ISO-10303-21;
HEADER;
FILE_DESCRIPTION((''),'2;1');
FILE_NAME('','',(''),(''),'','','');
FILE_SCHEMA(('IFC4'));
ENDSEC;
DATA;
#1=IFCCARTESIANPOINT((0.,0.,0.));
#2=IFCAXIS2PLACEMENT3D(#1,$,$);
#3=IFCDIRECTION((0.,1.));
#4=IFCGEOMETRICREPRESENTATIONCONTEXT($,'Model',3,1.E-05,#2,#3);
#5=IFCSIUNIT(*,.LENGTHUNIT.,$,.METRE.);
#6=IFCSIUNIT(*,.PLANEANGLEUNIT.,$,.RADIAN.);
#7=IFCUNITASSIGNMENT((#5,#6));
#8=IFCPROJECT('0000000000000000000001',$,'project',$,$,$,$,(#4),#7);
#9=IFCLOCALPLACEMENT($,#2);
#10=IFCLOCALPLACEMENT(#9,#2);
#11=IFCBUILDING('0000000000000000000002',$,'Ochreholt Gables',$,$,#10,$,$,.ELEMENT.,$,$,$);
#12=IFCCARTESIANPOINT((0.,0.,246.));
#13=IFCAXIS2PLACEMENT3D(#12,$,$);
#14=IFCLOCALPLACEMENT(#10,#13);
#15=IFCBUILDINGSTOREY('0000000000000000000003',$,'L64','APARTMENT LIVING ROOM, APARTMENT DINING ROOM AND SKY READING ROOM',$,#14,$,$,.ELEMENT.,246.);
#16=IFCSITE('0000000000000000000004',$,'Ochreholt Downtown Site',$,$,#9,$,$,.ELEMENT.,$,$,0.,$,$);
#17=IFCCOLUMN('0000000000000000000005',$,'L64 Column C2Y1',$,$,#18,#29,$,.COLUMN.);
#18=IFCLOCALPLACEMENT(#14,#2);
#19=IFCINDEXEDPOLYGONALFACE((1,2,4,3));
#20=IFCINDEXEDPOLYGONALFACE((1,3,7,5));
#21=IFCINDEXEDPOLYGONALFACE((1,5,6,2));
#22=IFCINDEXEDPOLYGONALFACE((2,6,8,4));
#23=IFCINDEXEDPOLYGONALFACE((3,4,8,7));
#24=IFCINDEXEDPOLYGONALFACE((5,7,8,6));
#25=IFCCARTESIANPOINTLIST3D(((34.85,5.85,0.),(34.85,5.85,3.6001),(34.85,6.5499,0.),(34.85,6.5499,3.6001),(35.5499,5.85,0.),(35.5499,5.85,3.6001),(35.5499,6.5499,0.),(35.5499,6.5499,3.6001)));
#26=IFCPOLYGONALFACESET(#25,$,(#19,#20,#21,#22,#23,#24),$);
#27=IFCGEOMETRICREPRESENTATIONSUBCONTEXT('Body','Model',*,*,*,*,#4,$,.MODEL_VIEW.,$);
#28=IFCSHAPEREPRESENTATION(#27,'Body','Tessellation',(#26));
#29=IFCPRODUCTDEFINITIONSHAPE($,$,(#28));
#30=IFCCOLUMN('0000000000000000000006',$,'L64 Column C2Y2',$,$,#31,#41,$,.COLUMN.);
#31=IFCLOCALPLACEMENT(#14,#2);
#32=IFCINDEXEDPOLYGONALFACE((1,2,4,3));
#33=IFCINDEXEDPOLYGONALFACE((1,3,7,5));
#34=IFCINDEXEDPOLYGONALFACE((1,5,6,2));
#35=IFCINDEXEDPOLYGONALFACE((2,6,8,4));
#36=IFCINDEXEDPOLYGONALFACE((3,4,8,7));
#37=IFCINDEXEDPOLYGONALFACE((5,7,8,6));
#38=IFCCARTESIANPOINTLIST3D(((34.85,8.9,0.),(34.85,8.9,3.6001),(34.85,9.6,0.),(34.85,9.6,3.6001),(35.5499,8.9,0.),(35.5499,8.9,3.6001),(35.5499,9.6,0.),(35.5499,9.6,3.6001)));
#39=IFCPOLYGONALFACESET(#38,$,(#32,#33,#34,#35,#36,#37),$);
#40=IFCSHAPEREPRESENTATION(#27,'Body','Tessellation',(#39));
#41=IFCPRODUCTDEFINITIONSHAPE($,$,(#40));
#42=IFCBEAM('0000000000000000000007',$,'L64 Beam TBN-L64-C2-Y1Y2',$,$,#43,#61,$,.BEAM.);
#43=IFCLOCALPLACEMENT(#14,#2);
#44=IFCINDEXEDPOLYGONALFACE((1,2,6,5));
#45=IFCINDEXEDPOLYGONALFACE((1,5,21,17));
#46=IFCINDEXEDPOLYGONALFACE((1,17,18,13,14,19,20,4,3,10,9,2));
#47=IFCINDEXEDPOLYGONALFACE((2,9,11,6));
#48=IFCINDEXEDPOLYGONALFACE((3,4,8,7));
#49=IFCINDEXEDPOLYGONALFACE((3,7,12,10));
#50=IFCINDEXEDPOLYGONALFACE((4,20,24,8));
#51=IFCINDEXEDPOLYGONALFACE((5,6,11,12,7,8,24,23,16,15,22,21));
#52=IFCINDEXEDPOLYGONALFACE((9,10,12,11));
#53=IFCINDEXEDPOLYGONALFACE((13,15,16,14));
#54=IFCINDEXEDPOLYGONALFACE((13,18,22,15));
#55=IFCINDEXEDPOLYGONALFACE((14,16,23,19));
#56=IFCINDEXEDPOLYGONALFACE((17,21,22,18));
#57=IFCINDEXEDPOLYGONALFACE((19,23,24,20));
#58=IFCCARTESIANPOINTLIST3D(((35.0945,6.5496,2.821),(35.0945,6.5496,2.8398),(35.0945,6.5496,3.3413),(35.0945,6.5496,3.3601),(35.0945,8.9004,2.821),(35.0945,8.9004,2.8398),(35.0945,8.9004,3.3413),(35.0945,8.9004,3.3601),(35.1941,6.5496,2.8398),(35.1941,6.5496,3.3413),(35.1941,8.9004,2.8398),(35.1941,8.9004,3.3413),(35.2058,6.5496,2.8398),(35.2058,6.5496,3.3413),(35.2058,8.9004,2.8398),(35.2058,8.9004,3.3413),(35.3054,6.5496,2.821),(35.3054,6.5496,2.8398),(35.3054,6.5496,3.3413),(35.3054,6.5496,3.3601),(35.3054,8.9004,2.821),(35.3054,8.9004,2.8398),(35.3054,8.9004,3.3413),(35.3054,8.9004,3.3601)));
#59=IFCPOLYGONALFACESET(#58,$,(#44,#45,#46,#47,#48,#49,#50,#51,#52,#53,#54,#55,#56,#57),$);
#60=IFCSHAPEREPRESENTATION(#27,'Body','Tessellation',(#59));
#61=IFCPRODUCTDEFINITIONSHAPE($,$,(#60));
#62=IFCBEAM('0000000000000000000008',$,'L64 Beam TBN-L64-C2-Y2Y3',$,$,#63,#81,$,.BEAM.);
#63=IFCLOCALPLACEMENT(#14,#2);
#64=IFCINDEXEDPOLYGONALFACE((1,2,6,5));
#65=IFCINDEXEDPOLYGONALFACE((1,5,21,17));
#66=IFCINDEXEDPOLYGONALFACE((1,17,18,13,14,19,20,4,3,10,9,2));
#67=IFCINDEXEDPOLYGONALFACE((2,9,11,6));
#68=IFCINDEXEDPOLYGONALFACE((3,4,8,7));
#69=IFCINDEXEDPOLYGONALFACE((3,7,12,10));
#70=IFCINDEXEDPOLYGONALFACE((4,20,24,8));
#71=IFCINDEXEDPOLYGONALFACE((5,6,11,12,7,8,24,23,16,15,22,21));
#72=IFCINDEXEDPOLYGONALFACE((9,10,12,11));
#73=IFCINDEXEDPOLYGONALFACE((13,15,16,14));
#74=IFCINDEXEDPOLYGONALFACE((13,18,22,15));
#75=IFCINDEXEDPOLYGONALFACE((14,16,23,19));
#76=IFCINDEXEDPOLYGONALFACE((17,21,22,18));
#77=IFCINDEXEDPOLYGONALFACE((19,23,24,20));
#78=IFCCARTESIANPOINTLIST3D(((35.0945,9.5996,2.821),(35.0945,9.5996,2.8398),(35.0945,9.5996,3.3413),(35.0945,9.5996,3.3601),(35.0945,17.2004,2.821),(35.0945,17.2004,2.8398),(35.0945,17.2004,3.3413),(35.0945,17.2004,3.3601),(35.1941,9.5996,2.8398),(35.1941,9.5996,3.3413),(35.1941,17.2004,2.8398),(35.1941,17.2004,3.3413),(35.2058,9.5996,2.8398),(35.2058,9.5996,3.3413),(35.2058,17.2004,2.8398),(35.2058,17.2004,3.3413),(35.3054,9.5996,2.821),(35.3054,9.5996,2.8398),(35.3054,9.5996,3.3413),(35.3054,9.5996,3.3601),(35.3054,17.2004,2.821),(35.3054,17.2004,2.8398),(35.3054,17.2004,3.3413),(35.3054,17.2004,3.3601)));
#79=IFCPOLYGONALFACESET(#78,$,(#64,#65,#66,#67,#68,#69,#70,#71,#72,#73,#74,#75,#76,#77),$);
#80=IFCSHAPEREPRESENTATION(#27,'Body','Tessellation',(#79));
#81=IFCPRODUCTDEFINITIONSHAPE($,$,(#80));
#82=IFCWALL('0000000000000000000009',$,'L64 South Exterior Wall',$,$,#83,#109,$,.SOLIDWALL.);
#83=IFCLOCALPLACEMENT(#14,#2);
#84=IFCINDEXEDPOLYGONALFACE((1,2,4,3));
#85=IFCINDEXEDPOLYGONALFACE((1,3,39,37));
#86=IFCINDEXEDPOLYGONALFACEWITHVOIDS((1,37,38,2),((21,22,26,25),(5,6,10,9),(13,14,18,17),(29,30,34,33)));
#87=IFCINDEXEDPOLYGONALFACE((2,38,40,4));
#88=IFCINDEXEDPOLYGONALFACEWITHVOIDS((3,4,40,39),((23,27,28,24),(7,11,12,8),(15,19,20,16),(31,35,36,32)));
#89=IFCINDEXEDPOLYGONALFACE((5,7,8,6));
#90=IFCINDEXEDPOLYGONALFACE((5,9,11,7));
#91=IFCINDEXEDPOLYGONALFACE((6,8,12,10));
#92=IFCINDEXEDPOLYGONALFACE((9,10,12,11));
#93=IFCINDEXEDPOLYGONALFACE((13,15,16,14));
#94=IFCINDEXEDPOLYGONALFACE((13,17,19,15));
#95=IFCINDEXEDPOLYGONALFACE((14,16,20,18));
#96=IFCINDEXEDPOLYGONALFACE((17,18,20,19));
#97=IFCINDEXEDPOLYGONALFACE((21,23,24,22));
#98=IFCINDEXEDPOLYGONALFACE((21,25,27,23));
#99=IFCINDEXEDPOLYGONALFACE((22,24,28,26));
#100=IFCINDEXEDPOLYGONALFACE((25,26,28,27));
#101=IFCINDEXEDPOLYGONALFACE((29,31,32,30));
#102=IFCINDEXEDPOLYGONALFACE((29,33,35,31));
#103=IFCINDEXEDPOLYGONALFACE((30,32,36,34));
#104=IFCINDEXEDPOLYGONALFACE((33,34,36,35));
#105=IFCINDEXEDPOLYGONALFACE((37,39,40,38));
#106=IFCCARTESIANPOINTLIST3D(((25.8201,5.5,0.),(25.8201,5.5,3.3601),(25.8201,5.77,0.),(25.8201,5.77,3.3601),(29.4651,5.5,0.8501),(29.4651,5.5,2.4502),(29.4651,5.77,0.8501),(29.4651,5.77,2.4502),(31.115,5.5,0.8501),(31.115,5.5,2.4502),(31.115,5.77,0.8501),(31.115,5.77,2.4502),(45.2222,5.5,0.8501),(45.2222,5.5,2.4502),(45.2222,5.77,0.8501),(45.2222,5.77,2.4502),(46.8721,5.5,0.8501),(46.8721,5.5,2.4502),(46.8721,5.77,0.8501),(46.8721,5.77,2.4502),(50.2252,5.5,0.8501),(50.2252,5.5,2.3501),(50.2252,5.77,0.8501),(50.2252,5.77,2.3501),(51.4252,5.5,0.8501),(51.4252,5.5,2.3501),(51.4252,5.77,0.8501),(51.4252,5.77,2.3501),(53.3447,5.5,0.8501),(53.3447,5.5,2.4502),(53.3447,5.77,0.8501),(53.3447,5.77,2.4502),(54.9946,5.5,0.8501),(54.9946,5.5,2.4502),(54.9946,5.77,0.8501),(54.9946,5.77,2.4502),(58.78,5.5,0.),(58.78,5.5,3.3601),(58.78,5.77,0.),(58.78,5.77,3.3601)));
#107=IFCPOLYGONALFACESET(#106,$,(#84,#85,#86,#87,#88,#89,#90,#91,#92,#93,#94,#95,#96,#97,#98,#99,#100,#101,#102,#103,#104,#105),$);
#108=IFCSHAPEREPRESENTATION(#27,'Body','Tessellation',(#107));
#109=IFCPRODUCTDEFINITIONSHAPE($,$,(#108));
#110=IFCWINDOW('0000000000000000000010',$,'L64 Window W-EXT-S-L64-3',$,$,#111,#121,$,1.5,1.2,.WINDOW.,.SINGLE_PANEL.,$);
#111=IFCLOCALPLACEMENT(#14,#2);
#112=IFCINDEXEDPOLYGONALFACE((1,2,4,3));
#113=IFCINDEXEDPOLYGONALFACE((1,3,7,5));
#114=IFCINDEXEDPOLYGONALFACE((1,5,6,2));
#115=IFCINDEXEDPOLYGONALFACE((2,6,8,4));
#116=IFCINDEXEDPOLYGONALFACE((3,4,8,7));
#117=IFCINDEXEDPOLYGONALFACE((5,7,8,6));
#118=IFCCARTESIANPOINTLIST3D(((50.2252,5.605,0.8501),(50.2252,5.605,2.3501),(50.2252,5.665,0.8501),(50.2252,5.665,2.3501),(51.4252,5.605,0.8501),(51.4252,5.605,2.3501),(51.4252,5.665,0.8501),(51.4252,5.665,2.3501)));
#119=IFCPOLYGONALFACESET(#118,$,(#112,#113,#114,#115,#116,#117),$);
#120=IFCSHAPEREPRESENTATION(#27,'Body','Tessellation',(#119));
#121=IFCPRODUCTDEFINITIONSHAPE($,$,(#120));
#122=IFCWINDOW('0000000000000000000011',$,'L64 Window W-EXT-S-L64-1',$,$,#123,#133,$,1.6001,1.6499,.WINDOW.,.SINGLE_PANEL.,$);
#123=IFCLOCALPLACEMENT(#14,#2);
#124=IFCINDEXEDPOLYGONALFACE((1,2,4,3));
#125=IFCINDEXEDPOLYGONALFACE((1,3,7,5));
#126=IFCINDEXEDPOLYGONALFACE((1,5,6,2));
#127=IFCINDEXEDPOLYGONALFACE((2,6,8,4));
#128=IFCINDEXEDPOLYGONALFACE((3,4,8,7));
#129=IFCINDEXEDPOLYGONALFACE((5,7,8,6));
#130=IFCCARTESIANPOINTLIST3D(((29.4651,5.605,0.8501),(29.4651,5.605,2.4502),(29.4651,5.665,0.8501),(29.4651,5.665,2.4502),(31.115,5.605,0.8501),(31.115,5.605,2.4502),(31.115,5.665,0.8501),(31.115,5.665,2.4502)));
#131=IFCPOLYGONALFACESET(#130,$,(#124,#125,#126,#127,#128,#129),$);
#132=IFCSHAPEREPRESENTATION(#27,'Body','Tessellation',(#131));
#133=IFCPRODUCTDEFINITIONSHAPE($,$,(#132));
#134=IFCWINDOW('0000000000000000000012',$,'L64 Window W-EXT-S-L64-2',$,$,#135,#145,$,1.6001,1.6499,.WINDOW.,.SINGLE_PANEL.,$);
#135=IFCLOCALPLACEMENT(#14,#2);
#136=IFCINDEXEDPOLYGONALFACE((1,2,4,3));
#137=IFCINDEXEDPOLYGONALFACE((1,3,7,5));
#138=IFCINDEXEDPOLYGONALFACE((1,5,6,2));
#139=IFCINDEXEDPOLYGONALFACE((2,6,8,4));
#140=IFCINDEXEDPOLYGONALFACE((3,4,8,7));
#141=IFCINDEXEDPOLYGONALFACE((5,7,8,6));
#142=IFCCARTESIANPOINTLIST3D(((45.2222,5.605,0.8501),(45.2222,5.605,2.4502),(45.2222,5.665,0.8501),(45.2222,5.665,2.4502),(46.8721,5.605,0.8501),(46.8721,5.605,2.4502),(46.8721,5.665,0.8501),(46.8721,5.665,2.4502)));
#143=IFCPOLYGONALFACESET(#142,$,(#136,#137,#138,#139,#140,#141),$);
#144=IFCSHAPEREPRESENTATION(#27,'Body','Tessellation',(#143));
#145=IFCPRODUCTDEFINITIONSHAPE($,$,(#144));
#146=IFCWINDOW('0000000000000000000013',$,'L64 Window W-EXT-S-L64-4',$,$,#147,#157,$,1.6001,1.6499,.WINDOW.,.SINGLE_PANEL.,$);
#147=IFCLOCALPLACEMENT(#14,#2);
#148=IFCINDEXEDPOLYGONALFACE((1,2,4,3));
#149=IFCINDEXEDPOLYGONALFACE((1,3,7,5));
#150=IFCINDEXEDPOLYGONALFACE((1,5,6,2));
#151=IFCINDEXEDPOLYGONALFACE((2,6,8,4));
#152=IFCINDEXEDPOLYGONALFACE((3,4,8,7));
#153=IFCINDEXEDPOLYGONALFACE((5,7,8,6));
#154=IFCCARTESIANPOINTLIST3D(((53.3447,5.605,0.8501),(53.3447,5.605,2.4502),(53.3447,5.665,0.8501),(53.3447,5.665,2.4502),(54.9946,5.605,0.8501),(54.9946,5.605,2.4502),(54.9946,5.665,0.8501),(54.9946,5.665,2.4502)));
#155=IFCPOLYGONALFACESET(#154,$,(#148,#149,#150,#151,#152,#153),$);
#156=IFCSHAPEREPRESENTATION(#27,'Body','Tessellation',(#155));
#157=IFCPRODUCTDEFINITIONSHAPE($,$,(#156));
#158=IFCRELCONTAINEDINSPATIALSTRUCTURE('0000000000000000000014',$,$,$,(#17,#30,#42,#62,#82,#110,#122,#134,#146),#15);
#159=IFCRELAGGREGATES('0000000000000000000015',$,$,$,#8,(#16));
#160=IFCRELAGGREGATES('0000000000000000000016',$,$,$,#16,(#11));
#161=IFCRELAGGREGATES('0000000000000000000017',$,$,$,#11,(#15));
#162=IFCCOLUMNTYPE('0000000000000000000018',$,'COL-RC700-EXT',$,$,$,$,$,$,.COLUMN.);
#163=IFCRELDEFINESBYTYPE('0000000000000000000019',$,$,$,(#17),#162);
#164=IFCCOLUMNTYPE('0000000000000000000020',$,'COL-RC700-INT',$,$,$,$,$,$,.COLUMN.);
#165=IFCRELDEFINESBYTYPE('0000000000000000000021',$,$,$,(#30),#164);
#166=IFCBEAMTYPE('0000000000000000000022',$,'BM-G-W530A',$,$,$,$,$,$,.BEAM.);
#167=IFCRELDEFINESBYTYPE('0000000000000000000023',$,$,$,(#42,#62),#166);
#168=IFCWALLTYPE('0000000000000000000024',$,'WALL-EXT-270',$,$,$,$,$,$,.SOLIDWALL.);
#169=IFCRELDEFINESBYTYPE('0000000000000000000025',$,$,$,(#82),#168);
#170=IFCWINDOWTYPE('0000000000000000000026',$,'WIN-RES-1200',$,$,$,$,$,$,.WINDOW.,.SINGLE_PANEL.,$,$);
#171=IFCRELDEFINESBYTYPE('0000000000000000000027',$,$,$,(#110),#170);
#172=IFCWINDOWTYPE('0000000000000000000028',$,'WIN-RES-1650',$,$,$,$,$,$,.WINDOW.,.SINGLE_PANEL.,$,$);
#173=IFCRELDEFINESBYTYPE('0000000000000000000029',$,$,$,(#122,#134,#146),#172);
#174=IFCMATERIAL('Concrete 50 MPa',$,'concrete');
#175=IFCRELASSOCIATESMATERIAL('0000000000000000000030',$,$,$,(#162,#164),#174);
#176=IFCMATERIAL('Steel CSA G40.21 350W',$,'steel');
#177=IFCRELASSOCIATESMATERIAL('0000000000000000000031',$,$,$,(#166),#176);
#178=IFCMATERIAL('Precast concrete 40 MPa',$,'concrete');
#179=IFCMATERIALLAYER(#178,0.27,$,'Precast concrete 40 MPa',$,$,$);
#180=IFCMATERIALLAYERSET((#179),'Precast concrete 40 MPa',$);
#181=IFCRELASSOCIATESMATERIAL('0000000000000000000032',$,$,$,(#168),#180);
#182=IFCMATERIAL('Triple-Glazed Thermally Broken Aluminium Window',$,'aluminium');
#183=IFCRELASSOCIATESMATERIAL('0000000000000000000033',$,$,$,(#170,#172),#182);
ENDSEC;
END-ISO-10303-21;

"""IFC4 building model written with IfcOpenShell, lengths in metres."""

from ifc_helpers import new_model, si_unit, direction, frame, frame_2d, origin, origin_2d, place, context, subcontext, project, spatial, rectangle, i_section, extrude, material, layer, layer_set, material_profile, profile_set, type_object, element, fill, save


model = new_model("IFC4")

# Units and contexts
model_context = context("Model", 3, precision=1e-05, world=origin(), true_north=direction((0.0, 1.0)))
body_context = subcontext(model_context, "Body", "Model", "MODEL_VIEW")
ifc_project = project(units=[si_unit("LENGTHUNIT", "METRE"), si_unit("PLANEANGLEUNIT", "RADIAN")], contexts=[model_context])

# Site, building, storey
site_placement = place(None, origin())
site = spatial("IfcSite", under=ifc_project, at=site_placement, Name="Ochreholt Downtown Site", CompositionType="ELEMENT", RefElevation=0.0)
building_placement = place(site_placement, origin())
building = spatial("IfcBuilding", under=site, at=building_placement, Name="Ochreholt Gables", CompositionType="ELEMENT")
storey_placement = place(building_placement, frame((0.0, 0.0, 246.0)))
storey = spatial("IfcBuildingStorey", under=building, at=storey_placement, Name="L64", Description="APARTMENT LIVING ROOM, APARTMENT DINING ROOM AND SKY READING ROOM", CompositionType="ELEMENT", Elevation=246.0)

# Columns
ifc_material_1 = material(Name="Concrete 50 MPa", Category="concrete")
ifc_material_profile_1 = material_profile(ifc_material_1, rectangle(XDim=0.7, YDim=0.7, at=origin_2d()), Name="RC700X700")
ifc_profile_set_1 = profile_set([ifc_material_profile_1], Name="Concrete 50 MPa")
column_type_1 = type_object("IfcColumnType", Name="COL-RC700-EXT", PredefinedType="COLUMN", material=ifc_profile_set_1)
column_1_placement = place(storey_placement, frame((35.2, 6.2, 0.0), z_axis=(0.0, 0.0, 1.0), x_axis=(1.0, 0.0, 0.0)))
element("IfcColumn", 1, at=column_1_placement, inside=storey, type_object=column_type_1, Name="L64 Column C2Y1", PredefinedType="COLUMN", context=body_context, shape_type="SweptSolid", body=[
    extrude(rectangle(XDim=0.7, YDim=0.7, at=origin_2d()), origin(), (0.0, 0.0, 1.0), 3.6001),
])
ifc_material_profile_2 = material_profile(ifc_material_1, rectangle(XDim=0.7, YDim=0.7, at=origin_2d()), Name="RC700X700")
ifc_profile_set_2 = profile_set([ifc_material_profile_2], Name="Concrete 50 MPa")
column_type_2 = type_object("IfcColumnType", Name="COL-RC700-INT", PredefinedType="COLUMN", material=ifc_profile_set_2)
column_2_placement = place(storey_placement, frame((35.2, 9.25, 0.0), z_axis=(0.0, 0.0, 1.0), x_axis=(1.0, 0.0, 0.0)))
element("IfcColumn", 2, at=column_2_placement, inside=storey, type_object=column_type_2, Name="L64 Column C2Y2", PredefinedType="COLUMN", context=body_context, shape_type="SweptSolid", body=[
    extrude(rectangle(XDim=0.7, YDim=0.7, at=origin_2d()), origin(), (0.0, 0.0, 1.0), 3.6001),
])

# Beams
ifc_material_2 = material(Name="Steel CSA G40.21 350W", Category="steel")
ifc_material_profile_3 = material_profile(ifc_material_2, i_section(OverallWidth=0.2109, OverallDepth=0.5391, WebThickness=0.0117, FlangeThickness=0.0188, at=origin_2d()), Name="W530X109")
ifc_profile_set_3 = profile_set([ifc_material_profile_3], Name="Steel CSA G40.21 350W")
beam_type = type_object("IfcBeamType", Name="BM-G-W530A", PredefinedType="BEAM", material=ifc_profile_set_3)
beam_1_placement = place(storey_placement, frame((35.2, 6.5496, 3.0906), z_axis=(0.0, 1.0, 0.0), x_axis=(-1.0, 0.0, 0.0)))
element("IfcBeam", 3, at=beam_1_placement, inside=storey, type_object=beam_type, Name="L64 Beam TBN-L64-C2-Y1Y2", PredefinedType="BEAM", context=body_context, shape_type="SweptSolid", body=[
    extrude(i_section(OverallWidth=0.2109, OverallDepth=0.5391, WebThickness=0.0117, FlangeThickness=0.0188, at=origin_2d()), origin(), (0.0, 0.0, 1.0), 2.3508),
])
beam_2_placement = place(storey_placement, frame((35.2, 9.5996, 3.0906), z_axis=(0.0, 1.0, 0.0), x_axis=(-1.0, 0.0, 0.0)))
element("IfcBeam", 4, at=beam_2_placement, inside=storey, type_object=beam_type, Name="L64 Beam TBN-L64-C2-Y2Y3", PredefinedType="BEAM", context=body_context, shape_type="SweptSolid", body=[
    extrude(i_section(OverallWidth=0.2109, OverallDepth=0.5391, WebThickness=0.0117, FlangeThickness=0.0188, at=origin_2d()), origin(), (0.0, 0.0, 1.0), 7.6008),
])

# Wall, openings, windows
ifc_material_3 = material(Name="Precast concrete 40 MPa", Category="concrete")
ifc_layer_1 = layer(ifc_material_3, 0.27, Name="Precast concrete 40 MPa")
ifc_layer_set_1 = layer_set([ifc_layer_1], Name="Precast concrete 40 MPa")
wall_type_1 = type_object("IfcWallType", Name="WALL-EXT-270", PredefinedType="SOLIDWALL", material=ifc_layer_set_1)
wall_1_placement = place(storey_placement, frame((25.8201, 5.635, 0.0), z_axis=(0.0, 0.0, 1.0), x_axis=(1.0, 0.0, 0.0)))
wall_1 = element("IfcWall", 5, at=wall_1_placement, inside=storey, type_object=wall_type_1, Name="L64 South Exterior Wall", PredefinedType="SOLIDWALL", context=body_context, shape_type="SweptSolid", body=[
    extrude(rectangle(XDim=32.96, YDim=0.27, at=frame_2d((16.48, 0.0))), origin(), (0.0, 0.0, 1.0), 3.3601),
])
opening_1_placement = place(wall_1_placement, frame((3.645, 0.0, 0.8501)))
opening_1 = element("IfcOpeningElement", 6, at=opening_1_placement, cuts=wall_1, PredefinedType="OPENING", context=body_context, shape_type="SweptSolid", body=[
    extrude(rectangle(XDim=1.6499, YDim=1.6001, at=frame_2d((0.825, 0.8))), frame((0.0, 0.145, 0.0), z_axis=(0.0, -1.0, 0.0), x_axis=(1.0, 0.0, 0.0)), (0.0, 0.0, 1.0), 0.29),
])
opening_2_placement = place(wall_1_placement, frame((19.4021, 0.0, 0.8501)))
opening_2 = element("IfcOpeningElement", 7, at=opening_2_placement, cuts=wall_1, PredefinedType="OPENING", context=body_context, shape_type="SweptSolid", body=[
    extrude(rectangle(XDim=1.6499, YDim=1.6001, at=frame_2d((0.825, 0.8))), frame((0.0, 0.145, 0.0), z_axis=(0.0, -1.0, 0.0), x_axis=(1.0, 0.0, 0.0)), (0.0, 0.0, 1.0), 0.29),
])
opening_3_placement = place(wall_1_placement, frame((24.405, 0.0, 0.8501)))
opening_3 = element("IfcOpeningElement", 8, at=opening_3_placement, cuts=wall_1, PredefinedType="OPENING", context=body_context, shape_type="SweptSolid", body=[
    extrude(rectangle(XDim=1.2, YDim=1.5, at=frame_2d((0.6001, 0.75))), frame((0.0, 0.145, 0.0), z_axis=(0.0, -1.0, 0.0), x_axis=(1.0, 0.0, 0.0)), (0.0, 0.0, 1.0), 0.29),
])
opening_4_placement = place(wall_1_placement, frame((27.5247, 0.0, 0.8501)))
opening_4 = element("IfcOpeningElement", 9, at=opening_4_placement, cuts=wall_1, PredefinedType="OPENING", context=body_context, shape_type="SweptSolid", body=[
    extrude(rectangle(XDim=1.6499, YDim=1.6001, at=frame_2d((0.825, 0.8))), frame((0.0, 0.145, 0.0), z_axis=(0.0, -1.0, 0.0), x_axis=(1.0, 0.0, 0.0)), (0.0, 0.0, 1.0), 0.29),
])
ifc_material_4 = material(Name="Triple-Glazed Thermally Broken Aluminium Window", Category="aluminium")
window_type_1 = type_object("IfcWindowType", Name="WIN-RES-1200", PartitioningType="SINGLE_PANEL", PredefinedType="WINDOW", material=ifc_material_4)
window_1_placement = place(opening_3_placement, origin())
window_1 = element("IfcWindow", 10, at=window_1_placement, inside=storey, type_object=window_type_1, Name="L64 Window W-EXT-S-L64-3", OverallHeight=1.5, OverallWidth=1.2, PartitioningType="SINGLE_PANEL", PredefinedType="WINDOW", context=body_context, shape_type="SweptSolid", body=[
    extrude(rectangle(XDim=1.2, YDim=1.5, at=frame_2d((0.6001, 0.75))), frame((0.0, 0.03, 0.0), z_axis=(0.0, -1.0, 0.0), x_axis=(1.0, 0.0, 0.0)), (0.0, 0.0, 1.0), 0.0601),
])
fill(opening_3, window_1)
window_type_2 = type_object("IfcWindowType", Name="WIN-RES-1650", PartitioningType="SINGLE_PANEL", PredefinedType="WINDOW", material=ifc_material_4)
window_2_placement = place(opening_1_placement, origin())
window_2 = element("IfcWindow", 11, at=window_2_placement, inside=storey, type_object=window_type_2, Name="L64 Window W-EXT-S-L64-1", OverallHeight=1.6001, OverallWidth=1.6499, PartitioningType="SINGLE_PANEL", PredefinedType="WINDOW", context=body_context, shape_type="SweptSolid", body=[
    extrude(rectangle(XDim=1.6499, YDim=1.6001, at=frame_2d((0.825, 0.8))), frame((0.0, 0.03, 0.0), z_axis=(0.0, -1.0, 0.0), x_axis=(1.0, 0.0, 0.0)), (0.0, 0.0, 1.0), 0.0601),
])
fill(opening_1, window_2)
window_3_placement = place(opening_2_placement, origin())
window_3 = element("IfcWindow", 12, at=window_3_placement, inside=storey, type_object=window_type_2, Name="L64 Window W-EXT-S-L64-2", OverallHeight=1.6001, OverallWidth=1.6499, PartitioningType="SINGLE_PANEL", PredefinedType="WINDOW", context=body_context, shape_type="SweptSolid", body=[
    extrude(rectangle(XDim=1.6499, YDim=1.6001, at=frame_2d((0.825, 0.8))), frame((0.0, 0.03, 0.0), z_axis=(0.0, -1.0, 0.0), x_axis=(1.0, 0.0, 0.0)), (0.0, 0.0, 1.0), 0.0601),
])
fill(opening_2, window_3)
window_4_placement = place(opening_4_placement, origin())
window_4 = element("IfcWindow", 13, at=window_4_placement, inside=storey, type_object=window_type_2, Name="L64 Window W-EXT-S-L64-4", OverallHeight=1.6001, OverallWidth=1.6499, PartitioningType="SINGLE_PANEL", PredefinedType="WINDOW", context=body_context, shape_type="SweptSolid", body=[
    extrude(rectangle(XDim=1.6499, YDim=1.6001, at=frame_2d((0.825, 0.8))), frame((0.0, 0.03, 0.0), z_axis=(0.0, -1.0, 0.0), x_axis=(1.0, 0.0, 0.0)), (0.0, 0.0, 1.0), 0.0601),
])
fill(opening_4, window_4)

save(model, "model.ifc")
